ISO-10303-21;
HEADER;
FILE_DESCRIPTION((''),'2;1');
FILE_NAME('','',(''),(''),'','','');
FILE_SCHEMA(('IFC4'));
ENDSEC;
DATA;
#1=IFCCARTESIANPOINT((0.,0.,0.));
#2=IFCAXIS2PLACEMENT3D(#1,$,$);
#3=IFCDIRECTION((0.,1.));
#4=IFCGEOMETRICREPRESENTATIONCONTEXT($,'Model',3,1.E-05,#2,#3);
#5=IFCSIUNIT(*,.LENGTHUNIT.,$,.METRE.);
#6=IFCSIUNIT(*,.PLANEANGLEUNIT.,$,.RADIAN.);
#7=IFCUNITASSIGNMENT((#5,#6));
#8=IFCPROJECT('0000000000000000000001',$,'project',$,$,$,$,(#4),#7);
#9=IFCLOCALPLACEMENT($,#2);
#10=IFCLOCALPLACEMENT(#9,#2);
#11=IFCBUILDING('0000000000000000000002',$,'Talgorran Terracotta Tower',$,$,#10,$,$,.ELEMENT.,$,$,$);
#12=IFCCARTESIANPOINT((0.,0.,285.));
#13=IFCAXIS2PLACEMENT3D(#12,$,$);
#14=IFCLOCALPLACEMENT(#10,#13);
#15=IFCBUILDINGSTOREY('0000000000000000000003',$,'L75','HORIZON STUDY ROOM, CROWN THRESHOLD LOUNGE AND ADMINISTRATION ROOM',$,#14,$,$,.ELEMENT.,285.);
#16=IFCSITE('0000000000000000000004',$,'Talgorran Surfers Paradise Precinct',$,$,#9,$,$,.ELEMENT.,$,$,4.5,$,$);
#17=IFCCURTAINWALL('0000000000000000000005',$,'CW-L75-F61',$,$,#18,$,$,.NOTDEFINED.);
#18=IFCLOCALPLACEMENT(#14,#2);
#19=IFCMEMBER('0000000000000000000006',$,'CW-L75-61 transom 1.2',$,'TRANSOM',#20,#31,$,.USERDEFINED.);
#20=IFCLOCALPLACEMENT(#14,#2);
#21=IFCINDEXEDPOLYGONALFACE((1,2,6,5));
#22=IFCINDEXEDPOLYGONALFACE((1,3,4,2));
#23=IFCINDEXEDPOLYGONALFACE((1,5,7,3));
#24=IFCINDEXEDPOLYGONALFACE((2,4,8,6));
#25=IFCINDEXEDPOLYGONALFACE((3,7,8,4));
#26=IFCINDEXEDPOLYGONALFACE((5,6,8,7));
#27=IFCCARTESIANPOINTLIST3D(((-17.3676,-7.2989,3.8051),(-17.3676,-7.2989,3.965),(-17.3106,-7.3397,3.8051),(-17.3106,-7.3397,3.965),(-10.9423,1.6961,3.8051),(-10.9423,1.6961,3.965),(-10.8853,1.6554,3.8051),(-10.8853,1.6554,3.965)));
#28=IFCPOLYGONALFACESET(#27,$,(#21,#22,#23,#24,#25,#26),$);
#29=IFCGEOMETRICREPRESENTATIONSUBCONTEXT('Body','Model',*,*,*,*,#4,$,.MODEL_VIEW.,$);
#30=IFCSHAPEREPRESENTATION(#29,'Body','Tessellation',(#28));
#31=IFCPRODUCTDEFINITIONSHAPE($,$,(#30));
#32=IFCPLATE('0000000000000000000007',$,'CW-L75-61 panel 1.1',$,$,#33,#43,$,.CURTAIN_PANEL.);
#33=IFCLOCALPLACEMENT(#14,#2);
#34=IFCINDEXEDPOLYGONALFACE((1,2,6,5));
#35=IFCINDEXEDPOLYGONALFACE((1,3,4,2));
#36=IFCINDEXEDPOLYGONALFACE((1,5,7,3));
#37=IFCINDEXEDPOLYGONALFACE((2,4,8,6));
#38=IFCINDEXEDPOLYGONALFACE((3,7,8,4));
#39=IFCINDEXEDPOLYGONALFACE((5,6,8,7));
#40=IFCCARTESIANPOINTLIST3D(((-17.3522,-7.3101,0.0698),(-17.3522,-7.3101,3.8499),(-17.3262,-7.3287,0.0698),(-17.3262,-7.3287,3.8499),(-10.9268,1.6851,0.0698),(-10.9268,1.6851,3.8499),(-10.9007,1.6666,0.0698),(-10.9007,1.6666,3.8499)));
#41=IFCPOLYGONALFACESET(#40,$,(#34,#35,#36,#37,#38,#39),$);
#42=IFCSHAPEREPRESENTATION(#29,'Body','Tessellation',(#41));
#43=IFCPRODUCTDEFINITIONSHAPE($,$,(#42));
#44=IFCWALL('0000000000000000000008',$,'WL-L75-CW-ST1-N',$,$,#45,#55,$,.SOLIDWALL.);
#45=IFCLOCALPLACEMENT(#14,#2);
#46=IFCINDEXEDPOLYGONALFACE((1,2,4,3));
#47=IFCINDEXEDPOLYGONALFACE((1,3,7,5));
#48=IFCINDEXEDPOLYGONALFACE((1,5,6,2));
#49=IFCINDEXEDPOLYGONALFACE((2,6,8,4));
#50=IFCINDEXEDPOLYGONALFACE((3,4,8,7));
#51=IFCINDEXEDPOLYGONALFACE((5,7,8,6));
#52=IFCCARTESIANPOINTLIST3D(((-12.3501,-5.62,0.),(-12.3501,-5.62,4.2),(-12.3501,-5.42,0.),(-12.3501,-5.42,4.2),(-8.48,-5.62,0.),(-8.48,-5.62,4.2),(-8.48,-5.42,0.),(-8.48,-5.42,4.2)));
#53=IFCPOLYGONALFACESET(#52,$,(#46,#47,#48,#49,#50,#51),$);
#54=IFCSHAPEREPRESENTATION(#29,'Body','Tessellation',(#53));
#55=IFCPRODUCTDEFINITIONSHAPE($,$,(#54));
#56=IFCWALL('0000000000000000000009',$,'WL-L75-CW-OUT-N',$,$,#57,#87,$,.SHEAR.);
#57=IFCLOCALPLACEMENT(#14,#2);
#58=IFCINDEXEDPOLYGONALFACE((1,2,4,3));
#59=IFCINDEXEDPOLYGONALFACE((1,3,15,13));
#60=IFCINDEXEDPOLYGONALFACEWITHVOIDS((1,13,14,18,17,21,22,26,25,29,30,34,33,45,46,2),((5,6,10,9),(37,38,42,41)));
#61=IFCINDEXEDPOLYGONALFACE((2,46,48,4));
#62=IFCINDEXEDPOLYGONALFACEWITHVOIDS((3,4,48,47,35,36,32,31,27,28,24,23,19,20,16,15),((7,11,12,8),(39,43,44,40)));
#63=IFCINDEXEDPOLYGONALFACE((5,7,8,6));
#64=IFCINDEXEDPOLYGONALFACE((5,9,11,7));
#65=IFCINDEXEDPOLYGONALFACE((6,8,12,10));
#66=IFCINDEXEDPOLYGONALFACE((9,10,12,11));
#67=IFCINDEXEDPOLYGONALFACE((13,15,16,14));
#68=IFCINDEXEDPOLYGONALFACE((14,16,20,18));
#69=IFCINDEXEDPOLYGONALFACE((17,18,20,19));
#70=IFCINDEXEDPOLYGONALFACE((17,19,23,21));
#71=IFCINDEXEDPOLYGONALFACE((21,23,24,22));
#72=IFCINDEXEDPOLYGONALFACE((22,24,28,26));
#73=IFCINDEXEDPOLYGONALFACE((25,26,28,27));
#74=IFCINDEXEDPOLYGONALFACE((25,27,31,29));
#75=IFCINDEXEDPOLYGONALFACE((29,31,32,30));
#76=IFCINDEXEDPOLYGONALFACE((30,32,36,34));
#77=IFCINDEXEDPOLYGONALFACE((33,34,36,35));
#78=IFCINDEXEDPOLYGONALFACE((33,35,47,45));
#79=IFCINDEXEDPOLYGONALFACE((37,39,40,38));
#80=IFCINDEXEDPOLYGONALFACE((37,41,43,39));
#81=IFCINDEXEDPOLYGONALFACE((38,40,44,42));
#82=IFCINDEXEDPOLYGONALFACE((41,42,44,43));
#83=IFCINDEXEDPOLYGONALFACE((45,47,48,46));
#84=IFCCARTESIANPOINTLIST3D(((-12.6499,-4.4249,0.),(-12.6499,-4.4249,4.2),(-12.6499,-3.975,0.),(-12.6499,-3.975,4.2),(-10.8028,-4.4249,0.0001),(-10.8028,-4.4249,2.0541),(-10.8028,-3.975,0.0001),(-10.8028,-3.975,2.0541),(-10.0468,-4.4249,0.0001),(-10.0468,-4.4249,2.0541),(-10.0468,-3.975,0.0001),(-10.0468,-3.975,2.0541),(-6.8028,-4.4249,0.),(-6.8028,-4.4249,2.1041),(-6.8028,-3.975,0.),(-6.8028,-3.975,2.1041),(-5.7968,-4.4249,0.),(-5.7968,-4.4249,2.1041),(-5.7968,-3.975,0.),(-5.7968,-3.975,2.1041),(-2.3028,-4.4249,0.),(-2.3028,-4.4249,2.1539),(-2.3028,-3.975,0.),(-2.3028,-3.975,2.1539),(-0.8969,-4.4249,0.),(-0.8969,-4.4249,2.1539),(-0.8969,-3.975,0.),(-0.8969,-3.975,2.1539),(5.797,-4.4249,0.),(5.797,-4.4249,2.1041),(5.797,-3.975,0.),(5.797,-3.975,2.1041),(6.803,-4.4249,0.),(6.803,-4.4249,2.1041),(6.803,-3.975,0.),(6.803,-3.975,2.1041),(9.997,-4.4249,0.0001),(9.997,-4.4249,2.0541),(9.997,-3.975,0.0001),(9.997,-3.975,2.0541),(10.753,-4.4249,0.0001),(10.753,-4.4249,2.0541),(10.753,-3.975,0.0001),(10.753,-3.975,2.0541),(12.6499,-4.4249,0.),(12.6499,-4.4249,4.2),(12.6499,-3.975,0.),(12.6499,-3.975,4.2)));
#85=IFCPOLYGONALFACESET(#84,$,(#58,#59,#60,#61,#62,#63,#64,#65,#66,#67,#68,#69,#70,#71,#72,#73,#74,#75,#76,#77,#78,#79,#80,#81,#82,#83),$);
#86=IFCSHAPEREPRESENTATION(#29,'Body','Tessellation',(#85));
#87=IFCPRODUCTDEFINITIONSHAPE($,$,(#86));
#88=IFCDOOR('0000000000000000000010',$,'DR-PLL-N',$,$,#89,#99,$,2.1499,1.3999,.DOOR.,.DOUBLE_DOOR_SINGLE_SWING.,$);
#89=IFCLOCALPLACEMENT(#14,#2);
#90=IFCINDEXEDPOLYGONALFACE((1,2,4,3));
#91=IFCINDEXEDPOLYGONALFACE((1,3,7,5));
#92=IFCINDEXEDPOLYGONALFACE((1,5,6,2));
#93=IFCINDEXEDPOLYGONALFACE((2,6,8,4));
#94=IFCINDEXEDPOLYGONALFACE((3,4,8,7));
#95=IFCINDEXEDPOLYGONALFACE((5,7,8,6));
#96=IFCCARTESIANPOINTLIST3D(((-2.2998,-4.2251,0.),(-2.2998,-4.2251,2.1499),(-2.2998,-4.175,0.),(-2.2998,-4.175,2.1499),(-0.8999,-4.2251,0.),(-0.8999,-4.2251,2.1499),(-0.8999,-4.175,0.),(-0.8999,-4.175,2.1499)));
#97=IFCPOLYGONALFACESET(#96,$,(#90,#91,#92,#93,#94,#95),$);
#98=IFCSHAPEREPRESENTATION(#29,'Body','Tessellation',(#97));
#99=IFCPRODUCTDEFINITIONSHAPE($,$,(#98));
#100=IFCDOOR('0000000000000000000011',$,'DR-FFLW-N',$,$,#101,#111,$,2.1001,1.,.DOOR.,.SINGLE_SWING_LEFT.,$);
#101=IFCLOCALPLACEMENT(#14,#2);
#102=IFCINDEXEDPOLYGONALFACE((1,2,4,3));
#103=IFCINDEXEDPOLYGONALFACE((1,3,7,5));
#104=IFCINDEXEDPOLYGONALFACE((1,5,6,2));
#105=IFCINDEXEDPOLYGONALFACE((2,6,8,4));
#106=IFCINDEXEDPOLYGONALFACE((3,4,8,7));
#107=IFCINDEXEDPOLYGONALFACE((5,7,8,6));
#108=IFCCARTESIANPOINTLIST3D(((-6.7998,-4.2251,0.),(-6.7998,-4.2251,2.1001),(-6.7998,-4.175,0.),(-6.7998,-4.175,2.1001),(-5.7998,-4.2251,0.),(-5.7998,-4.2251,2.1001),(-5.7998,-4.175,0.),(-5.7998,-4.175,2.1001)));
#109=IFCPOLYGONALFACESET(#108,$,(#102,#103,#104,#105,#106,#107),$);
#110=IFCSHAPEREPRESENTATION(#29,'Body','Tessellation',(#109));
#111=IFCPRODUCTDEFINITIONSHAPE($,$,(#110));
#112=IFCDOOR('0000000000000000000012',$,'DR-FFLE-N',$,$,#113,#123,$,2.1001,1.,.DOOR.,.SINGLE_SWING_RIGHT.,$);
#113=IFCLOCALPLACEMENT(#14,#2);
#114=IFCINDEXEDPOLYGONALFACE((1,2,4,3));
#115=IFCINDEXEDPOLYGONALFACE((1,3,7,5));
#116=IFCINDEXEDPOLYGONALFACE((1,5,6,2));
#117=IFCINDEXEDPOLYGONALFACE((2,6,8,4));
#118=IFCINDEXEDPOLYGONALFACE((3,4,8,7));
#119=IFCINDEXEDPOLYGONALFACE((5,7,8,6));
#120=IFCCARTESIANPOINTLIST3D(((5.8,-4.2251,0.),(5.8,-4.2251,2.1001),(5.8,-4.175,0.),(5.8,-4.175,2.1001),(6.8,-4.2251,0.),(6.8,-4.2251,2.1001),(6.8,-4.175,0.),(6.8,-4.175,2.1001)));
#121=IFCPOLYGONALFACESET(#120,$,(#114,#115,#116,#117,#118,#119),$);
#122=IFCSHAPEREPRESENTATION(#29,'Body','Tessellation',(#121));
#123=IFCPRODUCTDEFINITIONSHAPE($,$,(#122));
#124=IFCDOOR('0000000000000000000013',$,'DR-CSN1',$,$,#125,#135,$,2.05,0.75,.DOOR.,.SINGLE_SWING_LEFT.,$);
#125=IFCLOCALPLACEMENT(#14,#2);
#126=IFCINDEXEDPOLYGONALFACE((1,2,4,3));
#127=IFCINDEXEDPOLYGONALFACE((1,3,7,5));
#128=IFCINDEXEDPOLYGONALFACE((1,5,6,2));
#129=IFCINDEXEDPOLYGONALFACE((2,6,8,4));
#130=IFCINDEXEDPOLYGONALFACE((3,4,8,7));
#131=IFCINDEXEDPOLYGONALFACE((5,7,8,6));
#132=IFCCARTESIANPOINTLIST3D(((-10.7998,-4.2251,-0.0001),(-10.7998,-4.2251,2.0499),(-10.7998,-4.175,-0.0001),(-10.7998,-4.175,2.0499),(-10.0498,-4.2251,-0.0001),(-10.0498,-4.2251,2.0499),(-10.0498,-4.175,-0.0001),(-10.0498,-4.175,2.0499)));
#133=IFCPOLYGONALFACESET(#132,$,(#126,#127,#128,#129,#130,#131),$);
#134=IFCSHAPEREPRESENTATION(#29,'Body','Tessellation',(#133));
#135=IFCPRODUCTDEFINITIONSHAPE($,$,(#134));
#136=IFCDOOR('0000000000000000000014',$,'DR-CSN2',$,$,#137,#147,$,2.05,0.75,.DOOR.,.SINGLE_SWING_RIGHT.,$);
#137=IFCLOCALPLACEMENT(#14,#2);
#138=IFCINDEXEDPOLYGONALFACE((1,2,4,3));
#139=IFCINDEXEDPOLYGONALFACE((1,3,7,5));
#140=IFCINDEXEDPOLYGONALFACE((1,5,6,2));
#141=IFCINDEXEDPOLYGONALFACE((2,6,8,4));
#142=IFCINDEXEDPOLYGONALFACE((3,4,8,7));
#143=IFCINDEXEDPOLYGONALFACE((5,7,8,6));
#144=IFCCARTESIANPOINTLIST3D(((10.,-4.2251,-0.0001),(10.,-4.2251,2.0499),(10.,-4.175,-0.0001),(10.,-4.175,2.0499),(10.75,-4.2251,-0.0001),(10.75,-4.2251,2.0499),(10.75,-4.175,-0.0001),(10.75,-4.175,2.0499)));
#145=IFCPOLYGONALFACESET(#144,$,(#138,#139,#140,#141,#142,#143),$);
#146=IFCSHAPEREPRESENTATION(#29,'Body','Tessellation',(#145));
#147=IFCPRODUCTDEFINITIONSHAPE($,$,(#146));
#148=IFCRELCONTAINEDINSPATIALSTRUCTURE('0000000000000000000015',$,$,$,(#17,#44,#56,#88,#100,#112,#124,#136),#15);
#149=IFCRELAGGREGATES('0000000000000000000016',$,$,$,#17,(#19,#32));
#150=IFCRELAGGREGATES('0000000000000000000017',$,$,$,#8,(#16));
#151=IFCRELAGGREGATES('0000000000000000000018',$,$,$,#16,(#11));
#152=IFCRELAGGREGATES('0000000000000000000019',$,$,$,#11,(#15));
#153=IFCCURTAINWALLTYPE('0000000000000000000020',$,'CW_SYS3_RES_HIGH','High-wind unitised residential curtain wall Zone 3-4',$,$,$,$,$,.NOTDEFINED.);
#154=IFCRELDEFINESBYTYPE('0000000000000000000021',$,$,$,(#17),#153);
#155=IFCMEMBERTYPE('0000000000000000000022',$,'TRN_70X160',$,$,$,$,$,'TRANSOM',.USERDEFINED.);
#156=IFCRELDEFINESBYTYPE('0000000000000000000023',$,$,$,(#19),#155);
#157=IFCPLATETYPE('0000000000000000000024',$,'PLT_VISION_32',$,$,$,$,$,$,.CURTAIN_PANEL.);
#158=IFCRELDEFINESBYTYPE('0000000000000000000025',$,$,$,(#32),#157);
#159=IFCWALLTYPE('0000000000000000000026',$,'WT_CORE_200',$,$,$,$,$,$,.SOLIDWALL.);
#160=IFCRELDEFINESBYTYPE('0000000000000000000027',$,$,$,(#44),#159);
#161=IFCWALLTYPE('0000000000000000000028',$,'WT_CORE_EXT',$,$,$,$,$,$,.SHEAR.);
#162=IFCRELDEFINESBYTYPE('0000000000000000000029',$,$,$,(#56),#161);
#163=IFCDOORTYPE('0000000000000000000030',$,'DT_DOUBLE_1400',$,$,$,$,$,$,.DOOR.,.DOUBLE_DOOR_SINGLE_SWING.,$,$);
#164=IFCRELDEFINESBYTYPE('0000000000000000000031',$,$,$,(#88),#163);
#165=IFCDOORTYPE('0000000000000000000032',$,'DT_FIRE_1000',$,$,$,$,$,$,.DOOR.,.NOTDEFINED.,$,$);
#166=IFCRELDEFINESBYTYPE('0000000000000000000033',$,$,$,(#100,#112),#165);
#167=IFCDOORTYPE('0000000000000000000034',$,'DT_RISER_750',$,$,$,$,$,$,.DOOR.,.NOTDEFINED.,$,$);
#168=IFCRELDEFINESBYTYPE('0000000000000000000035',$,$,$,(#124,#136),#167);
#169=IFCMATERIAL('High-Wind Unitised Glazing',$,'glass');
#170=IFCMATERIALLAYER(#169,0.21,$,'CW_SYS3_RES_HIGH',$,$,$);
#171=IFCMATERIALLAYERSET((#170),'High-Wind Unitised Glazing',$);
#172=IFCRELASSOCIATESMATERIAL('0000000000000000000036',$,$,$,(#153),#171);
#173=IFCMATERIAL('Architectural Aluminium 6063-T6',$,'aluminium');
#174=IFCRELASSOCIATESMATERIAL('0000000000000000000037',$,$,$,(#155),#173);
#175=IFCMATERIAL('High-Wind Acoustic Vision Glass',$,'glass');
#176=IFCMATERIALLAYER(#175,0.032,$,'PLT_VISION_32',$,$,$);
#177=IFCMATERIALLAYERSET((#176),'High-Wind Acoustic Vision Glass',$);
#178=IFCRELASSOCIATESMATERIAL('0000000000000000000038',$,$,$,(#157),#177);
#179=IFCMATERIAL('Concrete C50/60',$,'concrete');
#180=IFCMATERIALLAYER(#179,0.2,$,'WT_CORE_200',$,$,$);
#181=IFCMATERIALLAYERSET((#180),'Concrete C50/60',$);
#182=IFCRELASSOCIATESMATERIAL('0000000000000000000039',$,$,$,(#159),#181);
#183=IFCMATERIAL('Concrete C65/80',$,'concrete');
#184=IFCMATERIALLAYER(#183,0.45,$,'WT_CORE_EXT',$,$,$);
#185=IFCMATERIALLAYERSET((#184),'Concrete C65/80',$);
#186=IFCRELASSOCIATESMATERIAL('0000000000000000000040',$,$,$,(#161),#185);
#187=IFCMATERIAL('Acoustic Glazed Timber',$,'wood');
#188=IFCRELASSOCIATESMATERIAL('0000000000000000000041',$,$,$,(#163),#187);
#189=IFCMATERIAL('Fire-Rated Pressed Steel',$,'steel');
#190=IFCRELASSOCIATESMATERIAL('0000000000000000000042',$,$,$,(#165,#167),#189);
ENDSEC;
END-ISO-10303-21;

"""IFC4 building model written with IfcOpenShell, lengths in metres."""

from ifc_helpers import new_model, si_unit, direction, frame, frame_2d, origin, origin_2d, place, context, subcontext, project, spatial, rectangle, extrude, source, transform, mapped, material, layer, layer_set, material_profile, profile_set, type_object, type_shapes, element, fill, aggregate, save


model = new_model("IFC4")

# Units and contexts
model_context = context("Model", 3, precision=1e-05, world=origin(), true_north=direction((0.0, 1.0)))
body_context = subcontext(model_context, "Body", "Model", "MODEL_VIEW")
ifc_project = project(units=[si_unit("LENGTHUNIT", "METRE"), si_unit("PLANEANGLEUNIT", "RADIAN")], contexts=[model_context])

# Site, building, storey
site_placement = place(None, origin())
site = spatial("IfcSite", under=ifc_project, at=site_placement, Name="Talgorran Surfers Paradise Precinct", CompositionType="ELEMENT", RefElevation=4.5)
building_placement = place(site_placement, origin())
building = spatial("IfcBuilding", under=site, at=building_placement, Name="Talgorran Terracotta Tower", CompositionType="ELEMENT")
storey_placement = place(building_placement, frame((0.0, 0.0, 285.0)))
storey = spatial("IfcBuildingStorey", under=building, at=storey_placement, Name="L75", Description="HORIZON STUDY ROOM, CROWN THRESHOLD LOUNGE AND ADMINISTRATION ROOM", CompositionType="ELEMENT", Elevation=285.0)

# Curtain wall, member, plate
ifc_material_1 = material(Name="High-Wind Unitised Glazing", Category="glass")
ifc_layer_1 = layer(ifc_material_1, 0.21, Name="CW_SYS3_RES_HIGH")
ifc_layer_set_1 = layer_set([ifc_layer_1], Name="High-Wind Unitised Glazing")
curtain_wall_type = type_object("IfcCurtainWallType", Name="CW_SYS3_RES_HIGH", Description="High-wind unitised residential curtain wall Zone 3-4", PredefinedType="NOTDEFINED", material=ifc_layer_set_1)
curtain_wall_placement = place(storey_placement, origin())
curtain_wall = element("IfcCurtainWall", 1, at=curtain_wall_placement, inside=storey, type_object=curtain_wall_type, Name="CW-L75-F61", PredefinedType="NOTDEFINED")
ifc_material_2 = material(Name="Architectural Aluminium 6063-T6", Category="aluminium")
ifc_material_profile_1 = material_profile(ifc_material_2, rectangle(XDim=0.0701, YDim=0.1599, at=origin_2d()), Name="CWT70X160")
ifc_profile_set_1 = profile_set([ifc_material_profile_1], Name="Architectural Aluminium 6063-T6")
member_type_1 = type_object("IfcMemberType", Name="TRN_70X160", ElementType="TRANSOM", PredefinedType="USERDEFINED", material=ifc_profile_set_1)
member_1_placement = place(storey_placement, frame((-10.9138, 1.6758, 3.885), z_axis=(-0.581251, -0.813725, 0.0), x_axis=(0.813725, -0.581251, 0.0)))
member_1 = element("IfcMember", 2, at=member_1_placement, type_object=member_type_1, Name="CW-L75-61 transom 1.2", ObjectType="TRANSOM", PredefinedType="USERDEFINED", context=body_context, shape_type="SweptSolid", body=[
    extrude(rectangle(XDim=0.0701, YDim=0.1599, at=origin_2d()), origin(), (0.0, 0.0, 1.0), 11.0542),
])
ifc_material_3 = material(Name="High-Wind Acoustic Vision Glass", Category="glass")
ifc_layer_2 = layer(ifc_material_3, 0.032, Name="PLT_VISION_32")
ifc_layer_set_2 = layer_set([ifc_layer_2], Name="High-Wind Acoustic Vision Glass")
plate_type = type_object("IfcPlateType", Name="PLT_VISION_32", PredefinedType="CURTAIN_PANEL", material=ifc_layer_set_2)
shared_shape = source(origin(), body_context, "Body", "SweptSolid", [
    extrude(rectangle(XDim=11.0544, YDim=0.032, at=origin_2d()), origin(), (0.0, 0.0, 1.0), 3.78),
])
type_shapes(plate_type, [shared_shape])
plate_placement = place(storey_placement, frame((-14.1265, -2.8218, 0.0698), z_axis=(0.0, 0.0, 1.0), x_axis=(-0.581252, -0.813724, 0.0)))
plate = element("IfcPlate", 3, at=plate_placement, type_object=plate_type, Name="CW-L75-61 panel 1.1", PredefinedType="CURTAIN_PANEL", context=body_context, shape_type="MappedRepresentation", body=[
    mapped(shared_shape, transform((0.0, 0.0, 0.0), scale=1.0)),
])
aggregate(curtain_wall, [member_1, plate])

# Wall
ifc_material_4 = material(Name="Concrete C50/60", Category="concrete")
ifc_layer_3 = layer(ifc_material_4, 0.2, Name="WT_CORE_200")
ifc_layer_set_3 = layer_set([ifc_layer_3], Name="Concrete C50/60")
wall_type_1 = type_object("IfcWallType", Name="WT_CORE_200", PredefinedType="SOLIDWALL", material=ifc_layer_set_3)
wall_1_placement = place(storey_placement, frame((-12.3501, -5.52, 0.0), z_axis=(0.0, 0.0, 1.0), x_axis=(1.0, 0.0, 0.0)))
element("IfcWall", 4, at=wall_1_placement, inside=storey, type_object=wall_type_1, Name="WL-L75-CW-ST1-N", PredefinedType="SOLIDWALL", context=body_context, shape_type="SweptSolid", body=[
    extrude(rectangle(XDim=3.8701, YDim=0.2, at=frame_2d((1.9351, 0.0))), origin(), (0.0, 0.0, 1.0), 4.2),
])

# Wall, openings, doors
ifc_material_5 = material(Name="Concrete C65/80", Category="concrete")
ifc_layer_4 = layer(ifc_material_5, 0.45, Name="WT_CORE_EXT")
ifc_layer_set_4 = layer_set([ifc_layer_4], Name="Concrete C65/80")
wall_type_2 = type_object("IfcWallType", Name="WT_CORE_EXT", PredefinedType="SHEAR", material=ifc_layer_set_4)
wall_2_placement = place(storey_placement, frame((-12.6499, -4.2, 0.0), z_axis=(0.0, 0.0, 1.0), x_axis=(1.0, 0.0, 0.0)))
wall_2 = element("IfcWall", 5, at=wall_2_placement, inside=storey, type_object=wall_type_2, Name="WL-L75-CW-OUT-N", PredefinedType="SHEAR", context=body_context, shape_type="SweptSolid", body=[
    extrude(rectangle(XDim=25.2998, YDim=0.45, at=frame_2d((12.6499, 0.0))), origin(), (0.0, 0.0, 1.0), 4.2),
])
opening_1_placement = place(wall_2_placement, frame((1.8501, 0.0, 0.0)))
opening_1 = element("IfcOpeningElement", 6, at=opening_1_placement, cuts=wall_2, PredefinedType="OPENING", context=body_context, shape_type="SweptSolid", body=[
    extrude(rectangle(XDim=0.756, YDim=2.054, at=frame_2d((0.375, 1.0271))), frame((0.0, 0.2349, 0.0), z_axis=(0.0, -1.0, 0.0), x_axis=(1.0, 0.0, 0.0)), (0.0, 0.0, 1.0), 0.47),
])
opening_2_placement = place(wall_2_placement, frame((22.6499, 0.0, 0.0)))
opening_2 = element("IfcOpeningElement", 7, at=opening_2_placement, cuts=wall_2, PredefinedType="OPENING", context=body_context, shape_type="SweptSolid", body=[
    extrude(rectangle(XDim=0.756, YDim=2.054, at=frame_2d((0.375, 1.0271))), frame((0.0, 0.2349, 0.0), z_axis=(0.0, -1.0, 0.0), x_axis=(1.0, 0.0, 0.0)), (0.0, 0.0, 1.0), 0.47),
])
opening_3_placement = place(wall_2_placement, frame((5.8501, 0.0, 0.0)))
opening_3 = element("IfcOpeningElement", 8, at=opening_3_placement, cuts=wall_2, PredefinedType="OPENING", context=body_context, shape_type="SweptSolid", body=[
    extrude(rectangle(XDim=1.006, YDim=2.1041, at=frame_2d((0.5, 1.052))), frame((0.0, 0.2349, 0.0), z_axis=(0.0, -1.0, 0.0), x_axis=(1.0, 0.0, 0.0)), (0.0, 0.0, 1.0), 0.47),
])
opening_4_placement = place(wall_2_placement, frame((10.3501, 0.0, 0.0)))
opening_4 = element("IfcOpeningElement", 9, at=opening_4_placement, cuts=wall_2, PredefinedType="OPENING", context=body_context, shape_type="SweptSolid", body=[
    extrude(rectangle(XDim=1.4059, YDim=2.1539, at=frame_2d((0.7, 1.0769))), frame((0.0, 0.2349, 0.0), z_axis=(0.0, -1.0, 0.0), x_axis=(1.0, 0.0, 0.0)), (0.0, 0.0, 1.0), 0.47),
])
opening_5_placement = place(wall_2_placement, frame((18.45, 0.0, 0.0)))
opening_5 = element("IfcOpeningElement", 10, at=opening_5_placement, cuts=wall_2, PredefinedType="OPENING", context=body_context, shape_type="SweptSolid", body=[
    extrude(rectangle(XDim=1.006, YDim=2.1041, at=frame_2d((0.5, 1.052))), frame((0.0, 0.2349, 0.0), z_axis=(0.0, -1.0, 0.0), x_axis=(1.0, 0.0, 0.0)), (0.0, 0.0, 1.0), 0.47),
])
ifc_material_6 = material(Name="Acoustic Glazed Timber", Category="wood")
door_type_1 = type_object("IfcDoorType", Name="DT_DOUBLE_1400", OperationType="DOUBLE_DOOR_SINGLE_SWING", PredefinedType="DOOR", material=ifc_material_6)
door_1_placement = place(opening_4_placement, origin())
door_1 = element("IfcDoor", 11, at=door_1_placement, inside=storey, type_object=door_type_1, Name="DR-PLL-N", OperationType="DOUBLE_DOOR_SINGLE_SWING", OverallHeight=2.1499, OverallWidth=1.3999, PredefinedType="DOOR", context=body_context, shape_type="SweptSolid", body=[
    extrude(rectangle(XDim=1.3999, YDim=2.1499, at=frame_2d((0.7, 1.075))), frame((0.0, 0.0249, 0.0), z_axis=(0.0, -1.0, 0.0), x_axis=(1.0, 0.0, 0.0)), (0.0, 0.0, 1.0), 0.05),
])
fill(opening_4, door_1)
ifc_material_7 = material(Name="Fire-Rated Pressed Steel", Category="steel")
door_type_2 = type_object("IfcDoorType", Name="DT_FIRE_1000", OperationType="NOTDEFINED", PredefinedType="DOOR", material=ifc_material_7)
door_2_placement = place(opening_3_placement, origin())
door_2 = element("IfcDoor", 12, at=door_2_placement, inside=storey, type_object=door_type_2, Name="DR-FFLW-N", OperationType="SINGLE_SWING_LEFT", OverallHeight=2.1001, OverallWidth=1.0, PredefinedType="DOOR", context=body_context, shape_type="SweptSolid", body=[
    extrude(rectangle(XDim=1.0, YDim=2.1001, at=frame_2d((0.5, 1.05))), frame((0.0, 0.0249, 0.0), z_axis=(0.0, -1.0, 0.0), x_axis=(1.0, 0.0, 0.0)), (0.0, 0.0, 1.0), 0.05),
])
fill(opening_3, door_2)
door_3_placement = place(opening_5_placement, origin())
door_3 = element("IfcDoor", 13, at=door_3_placement, inside=storey, type_object=door_type_2, Name="DR-FFLE-N", OperationType="SINGLE_SWING_RIGHT", OverallHeight=2.1001, OverallWidth=1.0, PredefinedType="DOOR", context=body_context, shape_type="SweptSolid", body=[
    extrude(rectangle(XDim=1.0, YDim=2.1001, at=frame_2d((0.5, 1.05))), frame((0.0, 0.0249, 0.0), z_axis=(0.0, -1.0, 0.0), x_axis=(1.0, 0.0, 0.0)), (0.0, 0.0, 1.0), 0.05),
])
fill(opening_5, door_3)
door_type_3 = type_object("IfcDoorType", Name="DT_RISER_750", OperationType="NOTDEFINED", PredefinedType="DOOR", material=ifc_material_7)
door_4_placement = place(opening_1_placement, origin())
door_4 = element("IfcDoor", 14, at=door_4_placement, inside=storey, type_object=door_type_3, Name="DR-CSN1", OperationType="SINGLE_SWING_LEFT", OverallHeight=2.05, OverallWidth=0.75, PredefinedType="DOOR", context=body_context, shape_type="SweptSolid", body=[
    extrude(rectangle(XDim=0.75, YDim=2.05, at=frame_2d((0.375, 1.0249))), frame((0.0, 0.0249, 0.0), z_axis=(0.0, -1.0, 0.0), x_axis=(1.0, 0.0, 0.0)), (0.0, 0.0, 1.0), 0.05),
])
fill(opening_1, door_4)
door_5_placement = place(opening_2_placement, origin())
door_5 = element("IfcDoor", 15, at=door_5_placement, inside=storey, type_object=door_type_3, Name="DR-CSN2", OperationType="SINGLE_SWING_RIGHT", OverallHeight=2.05, OverallWidth=0.75, PredefinedType="DOOR", context=body_context, shape_type="SweptSolid", body=[
    extrude(rectangle(XDim=0.75, YDim=2.05, at=frame_2d((0.375, 1.0249))), frame((0.0, 0.0249, 0.0), z_axis=(0.0, -1.0, 0.0), x_axis=(1.0, 0.0, 0.0)), (0.0, 0.0, 1.0), 0.05),
])
fill(opening_2, door_5)

save(model, "model.ifc")
